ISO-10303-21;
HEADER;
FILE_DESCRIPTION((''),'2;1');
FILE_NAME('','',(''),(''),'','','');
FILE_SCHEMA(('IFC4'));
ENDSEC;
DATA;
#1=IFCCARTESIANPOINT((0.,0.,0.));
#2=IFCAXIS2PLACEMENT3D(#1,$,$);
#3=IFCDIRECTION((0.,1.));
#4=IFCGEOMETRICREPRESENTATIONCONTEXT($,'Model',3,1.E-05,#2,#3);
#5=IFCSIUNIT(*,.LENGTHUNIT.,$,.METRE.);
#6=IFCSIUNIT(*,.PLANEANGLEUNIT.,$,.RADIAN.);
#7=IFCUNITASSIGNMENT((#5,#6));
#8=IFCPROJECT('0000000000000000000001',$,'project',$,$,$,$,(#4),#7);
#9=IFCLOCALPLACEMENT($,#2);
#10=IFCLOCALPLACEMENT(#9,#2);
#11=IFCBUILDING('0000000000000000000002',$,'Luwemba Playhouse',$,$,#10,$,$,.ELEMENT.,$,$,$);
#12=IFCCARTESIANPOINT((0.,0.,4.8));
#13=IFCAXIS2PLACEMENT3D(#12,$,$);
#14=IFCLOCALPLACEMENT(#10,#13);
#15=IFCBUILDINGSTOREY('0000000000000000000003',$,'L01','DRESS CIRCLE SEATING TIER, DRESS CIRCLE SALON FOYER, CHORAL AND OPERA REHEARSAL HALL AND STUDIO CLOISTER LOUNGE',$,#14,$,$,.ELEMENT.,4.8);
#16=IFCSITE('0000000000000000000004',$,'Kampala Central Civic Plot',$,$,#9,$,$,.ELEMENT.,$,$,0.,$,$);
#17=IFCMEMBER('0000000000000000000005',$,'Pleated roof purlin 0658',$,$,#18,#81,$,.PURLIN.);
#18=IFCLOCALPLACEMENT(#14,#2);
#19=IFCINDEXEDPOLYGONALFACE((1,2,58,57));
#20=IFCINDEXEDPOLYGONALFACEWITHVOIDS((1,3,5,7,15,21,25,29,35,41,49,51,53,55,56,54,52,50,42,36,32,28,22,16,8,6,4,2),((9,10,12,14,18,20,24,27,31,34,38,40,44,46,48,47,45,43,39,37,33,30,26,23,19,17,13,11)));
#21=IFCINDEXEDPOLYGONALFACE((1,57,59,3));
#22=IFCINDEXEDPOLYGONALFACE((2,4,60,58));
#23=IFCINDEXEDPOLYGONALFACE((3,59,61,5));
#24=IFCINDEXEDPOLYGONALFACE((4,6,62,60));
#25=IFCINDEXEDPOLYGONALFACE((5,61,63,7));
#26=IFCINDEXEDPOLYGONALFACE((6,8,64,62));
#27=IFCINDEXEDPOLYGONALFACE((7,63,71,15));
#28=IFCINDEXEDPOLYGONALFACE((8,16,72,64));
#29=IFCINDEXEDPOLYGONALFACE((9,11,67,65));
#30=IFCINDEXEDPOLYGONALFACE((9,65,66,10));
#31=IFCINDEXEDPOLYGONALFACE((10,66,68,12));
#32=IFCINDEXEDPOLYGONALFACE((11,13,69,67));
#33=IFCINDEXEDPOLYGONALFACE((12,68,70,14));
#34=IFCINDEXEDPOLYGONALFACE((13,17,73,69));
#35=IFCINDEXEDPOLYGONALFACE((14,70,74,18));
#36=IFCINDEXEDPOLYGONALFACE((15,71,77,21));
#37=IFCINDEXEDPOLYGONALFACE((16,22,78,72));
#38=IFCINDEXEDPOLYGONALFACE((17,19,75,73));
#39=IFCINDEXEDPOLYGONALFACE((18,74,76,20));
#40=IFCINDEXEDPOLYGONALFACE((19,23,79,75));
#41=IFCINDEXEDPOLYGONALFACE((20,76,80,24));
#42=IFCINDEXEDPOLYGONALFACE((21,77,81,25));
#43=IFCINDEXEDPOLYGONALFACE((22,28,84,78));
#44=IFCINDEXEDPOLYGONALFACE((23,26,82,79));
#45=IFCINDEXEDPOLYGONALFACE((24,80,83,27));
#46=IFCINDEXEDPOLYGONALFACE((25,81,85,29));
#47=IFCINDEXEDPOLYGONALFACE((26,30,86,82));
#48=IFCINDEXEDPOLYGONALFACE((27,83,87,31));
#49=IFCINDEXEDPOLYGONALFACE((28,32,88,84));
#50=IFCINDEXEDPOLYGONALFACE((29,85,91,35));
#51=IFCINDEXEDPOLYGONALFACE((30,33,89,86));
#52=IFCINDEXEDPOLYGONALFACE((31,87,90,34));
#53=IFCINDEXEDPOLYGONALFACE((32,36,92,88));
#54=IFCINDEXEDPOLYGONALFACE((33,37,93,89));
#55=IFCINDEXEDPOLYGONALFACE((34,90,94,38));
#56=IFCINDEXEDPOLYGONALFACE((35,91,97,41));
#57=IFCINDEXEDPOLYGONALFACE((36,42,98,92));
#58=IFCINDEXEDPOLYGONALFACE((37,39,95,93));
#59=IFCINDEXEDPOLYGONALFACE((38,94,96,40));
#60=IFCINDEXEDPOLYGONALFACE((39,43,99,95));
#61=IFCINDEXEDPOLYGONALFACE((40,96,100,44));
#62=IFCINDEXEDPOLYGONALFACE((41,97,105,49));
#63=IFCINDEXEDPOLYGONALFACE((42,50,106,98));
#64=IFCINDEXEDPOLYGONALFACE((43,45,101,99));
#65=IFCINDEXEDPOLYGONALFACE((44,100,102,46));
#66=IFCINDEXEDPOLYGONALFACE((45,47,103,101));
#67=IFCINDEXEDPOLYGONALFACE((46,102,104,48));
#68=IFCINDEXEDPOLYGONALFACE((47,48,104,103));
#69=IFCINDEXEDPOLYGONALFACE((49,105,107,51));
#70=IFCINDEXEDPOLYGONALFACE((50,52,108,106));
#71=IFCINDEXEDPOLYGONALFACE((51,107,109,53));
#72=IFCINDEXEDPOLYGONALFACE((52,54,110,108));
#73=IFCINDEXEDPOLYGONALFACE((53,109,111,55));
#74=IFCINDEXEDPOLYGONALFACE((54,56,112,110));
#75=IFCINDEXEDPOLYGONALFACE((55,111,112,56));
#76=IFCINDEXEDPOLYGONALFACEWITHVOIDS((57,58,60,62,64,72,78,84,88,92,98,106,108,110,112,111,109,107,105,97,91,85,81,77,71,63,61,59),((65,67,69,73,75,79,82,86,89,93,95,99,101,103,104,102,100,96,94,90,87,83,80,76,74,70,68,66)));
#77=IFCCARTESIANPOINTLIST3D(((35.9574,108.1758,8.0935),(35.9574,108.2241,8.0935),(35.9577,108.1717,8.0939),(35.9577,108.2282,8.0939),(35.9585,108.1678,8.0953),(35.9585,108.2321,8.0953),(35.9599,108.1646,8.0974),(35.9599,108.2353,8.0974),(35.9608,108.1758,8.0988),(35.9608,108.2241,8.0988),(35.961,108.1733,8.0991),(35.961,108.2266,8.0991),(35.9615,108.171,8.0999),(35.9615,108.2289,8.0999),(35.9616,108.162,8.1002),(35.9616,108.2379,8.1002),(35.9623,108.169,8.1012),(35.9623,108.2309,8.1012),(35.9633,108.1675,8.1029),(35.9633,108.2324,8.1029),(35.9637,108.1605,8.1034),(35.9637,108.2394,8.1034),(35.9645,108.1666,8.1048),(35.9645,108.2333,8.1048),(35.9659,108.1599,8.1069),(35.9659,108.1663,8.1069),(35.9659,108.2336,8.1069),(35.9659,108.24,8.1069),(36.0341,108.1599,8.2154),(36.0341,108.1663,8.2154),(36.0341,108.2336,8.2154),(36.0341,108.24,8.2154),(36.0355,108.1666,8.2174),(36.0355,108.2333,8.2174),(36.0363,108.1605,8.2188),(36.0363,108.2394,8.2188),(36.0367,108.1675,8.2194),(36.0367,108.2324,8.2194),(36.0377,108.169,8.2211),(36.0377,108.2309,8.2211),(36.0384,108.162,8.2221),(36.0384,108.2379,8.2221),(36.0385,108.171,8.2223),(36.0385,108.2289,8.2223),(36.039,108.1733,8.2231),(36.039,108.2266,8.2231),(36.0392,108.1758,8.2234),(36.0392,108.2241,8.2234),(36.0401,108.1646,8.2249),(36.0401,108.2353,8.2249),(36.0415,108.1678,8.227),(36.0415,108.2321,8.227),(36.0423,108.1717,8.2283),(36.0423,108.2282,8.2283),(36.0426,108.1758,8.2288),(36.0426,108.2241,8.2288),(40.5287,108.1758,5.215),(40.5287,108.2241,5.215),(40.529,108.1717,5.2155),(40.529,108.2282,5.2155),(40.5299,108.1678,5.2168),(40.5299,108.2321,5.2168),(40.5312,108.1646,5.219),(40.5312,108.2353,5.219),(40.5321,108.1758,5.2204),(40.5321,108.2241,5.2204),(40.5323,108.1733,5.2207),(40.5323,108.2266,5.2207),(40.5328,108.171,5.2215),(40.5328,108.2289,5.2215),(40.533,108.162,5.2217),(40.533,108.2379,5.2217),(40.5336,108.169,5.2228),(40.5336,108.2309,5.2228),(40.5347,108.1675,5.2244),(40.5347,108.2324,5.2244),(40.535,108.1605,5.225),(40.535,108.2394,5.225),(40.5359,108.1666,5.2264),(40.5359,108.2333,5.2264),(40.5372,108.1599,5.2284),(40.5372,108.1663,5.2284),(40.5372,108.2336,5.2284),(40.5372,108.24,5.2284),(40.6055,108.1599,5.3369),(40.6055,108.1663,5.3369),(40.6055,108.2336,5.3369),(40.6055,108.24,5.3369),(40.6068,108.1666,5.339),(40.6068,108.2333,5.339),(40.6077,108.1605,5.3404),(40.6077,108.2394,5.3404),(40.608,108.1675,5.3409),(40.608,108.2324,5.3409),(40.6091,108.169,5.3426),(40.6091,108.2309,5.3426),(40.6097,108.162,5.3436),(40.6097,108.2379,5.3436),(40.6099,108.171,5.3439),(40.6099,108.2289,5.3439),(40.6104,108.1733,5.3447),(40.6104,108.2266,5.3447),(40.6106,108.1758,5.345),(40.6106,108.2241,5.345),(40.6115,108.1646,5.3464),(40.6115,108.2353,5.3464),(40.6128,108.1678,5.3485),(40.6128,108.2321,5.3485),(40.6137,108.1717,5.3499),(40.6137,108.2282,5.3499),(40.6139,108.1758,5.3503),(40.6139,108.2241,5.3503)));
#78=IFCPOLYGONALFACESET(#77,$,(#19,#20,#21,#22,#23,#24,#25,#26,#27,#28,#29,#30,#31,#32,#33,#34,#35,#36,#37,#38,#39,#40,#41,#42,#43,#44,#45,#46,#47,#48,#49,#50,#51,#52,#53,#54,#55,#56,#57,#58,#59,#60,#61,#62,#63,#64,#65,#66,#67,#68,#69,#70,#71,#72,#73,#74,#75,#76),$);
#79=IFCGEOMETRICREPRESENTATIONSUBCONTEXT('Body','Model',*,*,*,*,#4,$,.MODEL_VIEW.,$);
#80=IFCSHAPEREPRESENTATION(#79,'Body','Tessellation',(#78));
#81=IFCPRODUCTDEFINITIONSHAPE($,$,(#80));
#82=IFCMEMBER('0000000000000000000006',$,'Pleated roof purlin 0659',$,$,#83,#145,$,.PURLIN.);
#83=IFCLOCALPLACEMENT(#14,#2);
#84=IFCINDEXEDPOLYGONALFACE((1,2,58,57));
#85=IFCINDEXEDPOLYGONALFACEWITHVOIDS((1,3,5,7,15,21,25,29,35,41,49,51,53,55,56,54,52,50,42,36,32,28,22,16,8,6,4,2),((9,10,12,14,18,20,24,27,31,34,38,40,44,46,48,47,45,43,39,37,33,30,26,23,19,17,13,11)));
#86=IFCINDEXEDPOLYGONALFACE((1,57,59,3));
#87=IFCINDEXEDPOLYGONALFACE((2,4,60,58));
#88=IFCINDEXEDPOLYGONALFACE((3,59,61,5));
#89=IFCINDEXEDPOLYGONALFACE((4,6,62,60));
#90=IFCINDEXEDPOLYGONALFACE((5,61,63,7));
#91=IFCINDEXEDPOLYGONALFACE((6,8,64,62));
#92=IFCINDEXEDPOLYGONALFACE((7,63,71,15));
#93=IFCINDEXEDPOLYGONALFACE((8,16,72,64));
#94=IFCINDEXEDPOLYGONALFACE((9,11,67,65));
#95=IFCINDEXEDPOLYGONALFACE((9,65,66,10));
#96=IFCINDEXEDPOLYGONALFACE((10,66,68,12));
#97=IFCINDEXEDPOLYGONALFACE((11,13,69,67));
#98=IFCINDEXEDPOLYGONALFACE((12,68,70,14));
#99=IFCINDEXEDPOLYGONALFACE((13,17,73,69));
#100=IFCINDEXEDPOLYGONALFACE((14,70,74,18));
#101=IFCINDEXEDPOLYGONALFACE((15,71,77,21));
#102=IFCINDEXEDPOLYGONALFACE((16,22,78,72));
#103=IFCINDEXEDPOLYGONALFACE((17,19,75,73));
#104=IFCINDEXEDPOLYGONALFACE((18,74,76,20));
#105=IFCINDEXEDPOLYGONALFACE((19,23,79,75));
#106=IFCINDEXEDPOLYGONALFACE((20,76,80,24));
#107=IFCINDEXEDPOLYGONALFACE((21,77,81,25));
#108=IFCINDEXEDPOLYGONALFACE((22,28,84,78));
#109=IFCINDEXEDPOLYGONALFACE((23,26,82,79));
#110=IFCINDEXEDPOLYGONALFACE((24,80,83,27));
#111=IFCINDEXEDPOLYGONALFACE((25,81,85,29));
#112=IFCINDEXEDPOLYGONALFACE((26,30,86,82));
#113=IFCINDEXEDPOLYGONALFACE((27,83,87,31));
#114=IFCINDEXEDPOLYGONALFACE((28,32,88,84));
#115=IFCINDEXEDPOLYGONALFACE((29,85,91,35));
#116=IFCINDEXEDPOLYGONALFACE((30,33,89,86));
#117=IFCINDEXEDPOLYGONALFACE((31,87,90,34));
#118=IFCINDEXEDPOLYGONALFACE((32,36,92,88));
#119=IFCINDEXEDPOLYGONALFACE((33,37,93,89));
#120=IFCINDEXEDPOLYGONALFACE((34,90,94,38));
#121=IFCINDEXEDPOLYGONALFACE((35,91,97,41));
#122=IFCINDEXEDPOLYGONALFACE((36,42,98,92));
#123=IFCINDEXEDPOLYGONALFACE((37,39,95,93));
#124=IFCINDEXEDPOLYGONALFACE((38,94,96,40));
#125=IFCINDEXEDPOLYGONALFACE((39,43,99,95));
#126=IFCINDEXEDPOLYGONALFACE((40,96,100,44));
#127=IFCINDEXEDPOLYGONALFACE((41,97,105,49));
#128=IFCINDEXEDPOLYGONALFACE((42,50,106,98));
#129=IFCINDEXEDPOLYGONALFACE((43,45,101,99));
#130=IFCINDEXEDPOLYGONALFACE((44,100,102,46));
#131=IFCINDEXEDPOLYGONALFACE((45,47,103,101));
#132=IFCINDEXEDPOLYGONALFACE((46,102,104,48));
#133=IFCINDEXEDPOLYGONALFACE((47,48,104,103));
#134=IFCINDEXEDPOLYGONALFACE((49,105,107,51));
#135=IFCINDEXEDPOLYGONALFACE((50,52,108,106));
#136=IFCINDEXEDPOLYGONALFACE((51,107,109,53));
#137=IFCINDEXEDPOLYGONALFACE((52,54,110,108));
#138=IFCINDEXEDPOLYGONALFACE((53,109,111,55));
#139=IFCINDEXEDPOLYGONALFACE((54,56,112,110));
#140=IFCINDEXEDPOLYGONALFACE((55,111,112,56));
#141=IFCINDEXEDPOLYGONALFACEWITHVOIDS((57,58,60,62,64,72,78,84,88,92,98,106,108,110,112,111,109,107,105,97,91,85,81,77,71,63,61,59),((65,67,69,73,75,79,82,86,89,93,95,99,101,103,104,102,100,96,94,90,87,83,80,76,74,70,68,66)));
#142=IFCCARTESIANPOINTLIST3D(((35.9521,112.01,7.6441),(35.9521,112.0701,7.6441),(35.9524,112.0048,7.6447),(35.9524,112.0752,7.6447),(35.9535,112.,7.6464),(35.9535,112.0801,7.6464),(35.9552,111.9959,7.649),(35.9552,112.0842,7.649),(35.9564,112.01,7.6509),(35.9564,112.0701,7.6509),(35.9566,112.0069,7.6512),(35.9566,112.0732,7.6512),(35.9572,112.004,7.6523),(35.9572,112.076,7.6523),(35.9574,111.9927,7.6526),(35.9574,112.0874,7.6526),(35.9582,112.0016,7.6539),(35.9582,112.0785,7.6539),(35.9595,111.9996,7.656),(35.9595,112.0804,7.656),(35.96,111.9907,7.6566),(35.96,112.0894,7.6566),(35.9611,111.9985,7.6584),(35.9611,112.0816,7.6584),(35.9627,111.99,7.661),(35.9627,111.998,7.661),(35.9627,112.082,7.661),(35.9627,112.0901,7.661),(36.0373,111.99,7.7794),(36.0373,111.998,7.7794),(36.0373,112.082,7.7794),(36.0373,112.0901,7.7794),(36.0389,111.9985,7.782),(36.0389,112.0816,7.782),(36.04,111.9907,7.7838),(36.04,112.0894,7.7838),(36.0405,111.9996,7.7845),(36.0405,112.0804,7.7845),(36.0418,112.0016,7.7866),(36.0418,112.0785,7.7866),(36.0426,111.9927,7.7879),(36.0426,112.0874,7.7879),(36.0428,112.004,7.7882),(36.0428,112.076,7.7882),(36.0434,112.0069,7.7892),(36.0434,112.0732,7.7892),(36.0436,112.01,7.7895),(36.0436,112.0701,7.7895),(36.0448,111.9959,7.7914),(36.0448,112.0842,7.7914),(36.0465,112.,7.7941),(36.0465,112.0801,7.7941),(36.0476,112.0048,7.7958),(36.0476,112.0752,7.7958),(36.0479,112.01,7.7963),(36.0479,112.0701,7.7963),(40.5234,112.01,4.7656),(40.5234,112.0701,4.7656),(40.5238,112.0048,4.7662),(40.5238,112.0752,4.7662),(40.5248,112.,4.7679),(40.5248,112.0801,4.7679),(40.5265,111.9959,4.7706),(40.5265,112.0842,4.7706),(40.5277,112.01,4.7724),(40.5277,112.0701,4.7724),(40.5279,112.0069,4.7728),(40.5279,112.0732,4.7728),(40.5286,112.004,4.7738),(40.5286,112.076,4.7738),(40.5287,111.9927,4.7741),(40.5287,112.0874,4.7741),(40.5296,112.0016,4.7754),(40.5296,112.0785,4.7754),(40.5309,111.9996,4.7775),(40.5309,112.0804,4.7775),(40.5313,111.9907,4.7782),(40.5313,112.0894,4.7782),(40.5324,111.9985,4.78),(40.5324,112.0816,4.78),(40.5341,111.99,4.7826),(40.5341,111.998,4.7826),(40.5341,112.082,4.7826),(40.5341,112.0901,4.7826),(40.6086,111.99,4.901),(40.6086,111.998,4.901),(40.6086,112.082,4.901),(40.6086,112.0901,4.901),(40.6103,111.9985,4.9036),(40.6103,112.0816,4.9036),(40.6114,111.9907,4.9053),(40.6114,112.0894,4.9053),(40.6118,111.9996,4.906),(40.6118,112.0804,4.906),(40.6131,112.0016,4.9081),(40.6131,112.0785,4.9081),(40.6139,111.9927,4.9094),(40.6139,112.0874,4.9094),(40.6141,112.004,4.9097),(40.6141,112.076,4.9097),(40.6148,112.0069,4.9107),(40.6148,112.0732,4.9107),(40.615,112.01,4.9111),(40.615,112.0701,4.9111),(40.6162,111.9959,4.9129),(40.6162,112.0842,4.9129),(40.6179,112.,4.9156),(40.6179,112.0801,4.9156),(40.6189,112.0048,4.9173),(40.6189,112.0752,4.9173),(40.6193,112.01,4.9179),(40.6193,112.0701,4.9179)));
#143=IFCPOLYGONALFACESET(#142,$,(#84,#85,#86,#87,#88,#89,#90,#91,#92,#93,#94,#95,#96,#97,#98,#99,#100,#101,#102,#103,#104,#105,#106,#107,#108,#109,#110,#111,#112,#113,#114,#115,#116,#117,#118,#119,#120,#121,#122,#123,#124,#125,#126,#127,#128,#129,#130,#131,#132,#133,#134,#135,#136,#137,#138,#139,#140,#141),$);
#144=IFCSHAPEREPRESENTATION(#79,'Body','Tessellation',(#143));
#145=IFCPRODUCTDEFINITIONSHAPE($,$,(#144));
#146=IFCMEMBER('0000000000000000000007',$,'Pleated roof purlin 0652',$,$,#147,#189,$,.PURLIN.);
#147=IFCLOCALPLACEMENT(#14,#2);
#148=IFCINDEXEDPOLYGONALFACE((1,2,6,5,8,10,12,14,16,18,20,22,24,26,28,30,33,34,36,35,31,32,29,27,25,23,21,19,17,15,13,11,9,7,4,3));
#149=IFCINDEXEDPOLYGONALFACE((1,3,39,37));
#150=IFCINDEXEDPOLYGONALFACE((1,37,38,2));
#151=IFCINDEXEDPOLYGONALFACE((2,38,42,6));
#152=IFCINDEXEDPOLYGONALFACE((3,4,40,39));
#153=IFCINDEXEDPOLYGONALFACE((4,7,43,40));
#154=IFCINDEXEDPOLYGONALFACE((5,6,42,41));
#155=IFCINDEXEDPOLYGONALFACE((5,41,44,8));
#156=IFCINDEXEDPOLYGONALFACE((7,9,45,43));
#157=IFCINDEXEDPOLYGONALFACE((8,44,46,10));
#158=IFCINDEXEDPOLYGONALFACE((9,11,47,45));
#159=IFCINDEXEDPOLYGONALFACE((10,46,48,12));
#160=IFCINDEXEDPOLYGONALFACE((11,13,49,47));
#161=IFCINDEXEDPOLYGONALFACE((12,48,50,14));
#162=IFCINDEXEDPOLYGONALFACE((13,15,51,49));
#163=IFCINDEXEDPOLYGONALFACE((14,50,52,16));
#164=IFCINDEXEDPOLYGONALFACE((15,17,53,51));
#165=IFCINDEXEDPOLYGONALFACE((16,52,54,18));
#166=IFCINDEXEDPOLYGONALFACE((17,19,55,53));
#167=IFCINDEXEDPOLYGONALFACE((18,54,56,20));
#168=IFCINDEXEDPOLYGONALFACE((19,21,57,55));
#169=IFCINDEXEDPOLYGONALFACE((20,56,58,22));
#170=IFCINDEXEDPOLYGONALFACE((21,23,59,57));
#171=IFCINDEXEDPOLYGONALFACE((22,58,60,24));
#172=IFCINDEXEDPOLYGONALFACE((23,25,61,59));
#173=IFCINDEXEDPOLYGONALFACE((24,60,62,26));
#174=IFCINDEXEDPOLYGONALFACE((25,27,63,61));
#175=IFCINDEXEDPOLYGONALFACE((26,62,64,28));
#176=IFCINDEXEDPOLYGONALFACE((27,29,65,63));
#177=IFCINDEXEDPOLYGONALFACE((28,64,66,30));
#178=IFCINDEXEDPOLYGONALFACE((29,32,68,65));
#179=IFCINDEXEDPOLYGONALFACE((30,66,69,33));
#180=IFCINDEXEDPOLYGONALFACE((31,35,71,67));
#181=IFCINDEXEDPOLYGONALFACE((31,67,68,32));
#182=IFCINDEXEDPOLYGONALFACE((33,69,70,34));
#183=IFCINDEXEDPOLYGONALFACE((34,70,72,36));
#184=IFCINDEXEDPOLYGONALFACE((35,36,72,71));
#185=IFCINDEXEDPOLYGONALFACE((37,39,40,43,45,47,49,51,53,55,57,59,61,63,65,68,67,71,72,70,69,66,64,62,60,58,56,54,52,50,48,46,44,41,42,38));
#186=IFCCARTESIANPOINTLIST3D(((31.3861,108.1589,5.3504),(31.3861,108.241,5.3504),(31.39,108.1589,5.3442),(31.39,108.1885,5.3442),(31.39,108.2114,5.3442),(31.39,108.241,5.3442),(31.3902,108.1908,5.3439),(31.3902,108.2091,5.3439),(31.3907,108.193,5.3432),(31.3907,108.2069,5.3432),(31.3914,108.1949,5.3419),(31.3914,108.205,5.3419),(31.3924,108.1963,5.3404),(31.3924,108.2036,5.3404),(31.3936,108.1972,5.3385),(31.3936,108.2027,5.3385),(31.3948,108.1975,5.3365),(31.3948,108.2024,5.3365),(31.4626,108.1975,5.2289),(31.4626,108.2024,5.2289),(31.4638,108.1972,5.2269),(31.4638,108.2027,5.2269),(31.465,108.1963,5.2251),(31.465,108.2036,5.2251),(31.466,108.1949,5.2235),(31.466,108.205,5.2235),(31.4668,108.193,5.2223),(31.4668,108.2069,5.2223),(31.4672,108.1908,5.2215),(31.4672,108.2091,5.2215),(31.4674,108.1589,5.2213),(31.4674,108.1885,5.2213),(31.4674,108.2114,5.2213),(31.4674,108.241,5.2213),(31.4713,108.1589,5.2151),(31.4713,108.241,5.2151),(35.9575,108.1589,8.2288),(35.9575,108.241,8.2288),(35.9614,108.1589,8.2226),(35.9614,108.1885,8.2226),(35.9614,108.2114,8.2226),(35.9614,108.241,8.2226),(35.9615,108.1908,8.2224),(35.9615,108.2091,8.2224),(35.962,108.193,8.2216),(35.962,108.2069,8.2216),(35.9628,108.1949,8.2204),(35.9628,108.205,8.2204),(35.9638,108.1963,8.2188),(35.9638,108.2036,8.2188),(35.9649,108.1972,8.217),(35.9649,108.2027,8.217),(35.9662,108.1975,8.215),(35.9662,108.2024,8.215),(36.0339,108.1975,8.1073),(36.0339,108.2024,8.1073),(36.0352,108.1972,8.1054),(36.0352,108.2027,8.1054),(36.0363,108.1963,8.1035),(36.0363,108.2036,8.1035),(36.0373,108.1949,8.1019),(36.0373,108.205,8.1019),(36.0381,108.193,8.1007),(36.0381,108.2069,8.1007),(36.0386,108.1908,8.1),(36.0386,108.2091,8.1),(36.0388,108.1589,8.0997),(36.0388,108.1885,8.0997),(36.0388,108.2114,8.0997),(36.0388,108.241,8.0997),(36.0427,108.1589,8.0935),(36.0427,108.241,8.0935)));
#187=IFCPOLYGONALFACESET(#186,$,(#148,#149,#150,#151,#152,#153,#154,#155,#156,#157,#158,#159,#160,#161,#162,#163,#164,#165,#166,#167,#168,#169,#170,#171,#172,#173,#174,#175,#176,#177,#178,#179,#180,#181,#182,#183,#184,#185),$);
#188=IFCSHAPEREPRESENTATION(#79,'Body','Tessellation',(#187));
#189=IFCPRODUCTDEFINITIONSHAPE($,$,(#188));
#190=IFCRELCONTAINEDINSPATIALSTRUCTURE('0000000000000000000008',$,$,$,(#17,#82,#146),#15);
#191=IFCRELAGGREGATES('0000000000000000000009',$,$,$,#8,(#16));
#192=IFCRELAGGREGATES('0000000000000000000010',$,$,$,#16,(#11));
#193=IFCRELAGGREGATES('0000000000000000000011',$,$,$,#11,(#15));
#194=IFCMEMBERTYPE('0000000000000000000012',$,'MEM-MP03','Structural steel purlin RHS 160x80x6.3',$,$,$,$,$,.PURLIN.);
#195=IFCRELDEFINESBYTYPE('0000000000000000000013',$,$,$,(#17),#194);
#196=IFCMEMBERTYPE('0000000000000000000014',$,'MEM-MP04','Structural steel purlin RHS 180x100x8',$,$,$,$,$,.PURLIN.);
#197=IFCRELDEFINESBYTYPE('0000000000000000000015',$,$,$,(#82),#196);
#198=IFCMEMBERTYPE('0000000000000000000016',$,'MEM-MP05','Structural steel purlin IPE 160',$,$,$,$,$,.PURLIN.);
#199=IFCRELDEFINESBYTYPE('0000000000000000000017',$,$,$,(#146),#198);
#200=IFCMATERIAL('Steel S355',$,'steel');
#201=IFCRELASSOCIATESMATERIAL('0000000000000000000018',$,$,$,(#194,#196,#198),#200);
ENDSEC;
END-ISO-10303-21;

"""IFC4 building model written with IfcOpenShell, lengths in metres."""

from ifc_helpers import new_model, si_unit, direction, frame, origin, origin_2d, place, context, subcontext, project, spatial, hollow_rectangle, i_section, extrude, material, material_profile, profile_set, type_object, element, save


model = new_model("IFC4")

# Units and contexts
model_context = context("Model", 3, precision=1e-05, world=origin(), true_north=direction((0.0, 1.0)))
body_context = subcontext(model_context, "Body", "Model", "MODEL_VIEW")
ifc_project = project(units=[si_unit("LENGTHUNIT", "METRE"), si_unit("PLANEANGLEUNIT", "RADIAN")], contexts=[model_context])

# Site, building, storey
site_placement = place(None, origin())
site = spatial("IfcSite", under=ifc_project, at=site_placement, Name="Kampala Central Civic Plot", CompositionType="ELEMENT", RefElevation=0.0)
building_placement = place(site_placement, origin())
building = spatial("IfcBuilding", under=site, at=building_placement, Name="Luwemba Playhouse", CompositionType="ELEMENT")
storey_placement = place(building_placement, frame((0.0, 0.0, 4.8)))
storey = spatial("IfcBuildingStorey", under=building, at=storey_placement, Name="L01", Description="DRESS CIRCLE SEATING TIER, DRESS CIRCLE SALON FOYER, CHORAL AND OPERA REHEARSAL HALL AND STUDIO CLOISTER LOUNGE", CompositionType="ELEMENT", Elevation=4.8)

# Shared definitions
ifc_material_1 = material(Name="Steel S355", Category="steel")

# Members
ifc_material_profile_1 = material_profile(ifc_material_1, hollow_rectangle(XDim=0.0801, YDim=0.1599, WallThickness=0.0063, InnerFilletRadius=0.0095, OuterFilletRadius=0.0159, at=origin_2d()))
ifc_profile_set_1 = profile_set([ifc_material_profile_1], Name="Steel S355")
member_type_1 = type_object("IfcMemberType", Name="MEM-MP03", Description="Structural steel purlin RHS 160x80x6.3", PredefinedType="PURLIN", material=ifc_profile_set_1)
member_1_placement = place(storey_placement, frame((36.0, 108.2, 8.1611), z_axis=(0.846216, 0.0, -0.53284), x_axis=(0.0, 1.0, 0.0)))
element("IfcMember", 1, at=member_1_placement, inside=storey, type_object=member_type_1, Name="Pleated roof purlin 0658", PredefinedType="PURLIN", context=body_context, shape_type="SweptSolid", body=[
    extrude(hollow_rectangle(XDim=0.0801, YDim=0.1599, WallThickness=0.0063, InnerFilletRadius=0.0095, OuterFilletRadius=0.0159, at=origin_2d()), origin(), (0.0, 0.0, 1.0), 5.4021),
])
ifc_material_profile_2 = material_profile(ifc_material_1, hollow_rectangle(XDim=0.1001, YDim=0.1799, WallThickness=0.0081, InnerFilletRadius=0.012, OuterFilletRadius=0.02, at=origin_2d()))
ifc_profile_set_2 = profile_set([ifc_material_profile_2], Name="Steel S355")
member_type_2 = type_object("IfcMemberType", Name="MEM-MP04", Description="Structural steel purlin RHS 180x100x8", PredefinedType="PURLIN", material=ifc_profile_set_2)
member_2_placement = place(storey_placement, frame((36.0, 112.04, 7.7202), z_axis=(0.846216, 0.0, -0.53284), x_axis=(0.0, 1.0, 0.0)))
element("IfcMember", 2, at=member_2_placement, inside=storey, type_object=member_type_2, Name="Pleated roof purlin 0659", PredefinedType="PURLIN", context=body_context, shape_type="SweptSolid", body=[
    extrude(hollow_rectangle(XDim=0.1001, YDim=0.1799, WallThickness=0.0081, InnerFilletRadius=0.012, OuterFilletRadius=0.02, at=origin_2d()), origin(), (0.0, 0.0, 1.0), 5.4021),
])
ifc_material_profile_3 = material_profile(ifc_material_1, i_section(OverallWidth=0.082, OverallDepth=0.1599, WebThickness=0.0049, FlangeThickness=0.0073, FilletRadius=0.009, at=origin_2d()))
ifc_profile_set_3 = profile_set([ifc_material_profile_3], Name="Steel S355")
member_type_3 = type_object("IfcMemberType", Name="MEM-MP05", Description="Structural steel purlin IPE 160", PredefinedType="PURLIN", material=ifc_profile_set_3)
member_3_placement = place(storey_placement, frame((31.4287, 108.2, 5.2827), z_axis=(0.846216, 0.0, 0.53284), x_axis=(0.0, 1.0, 0.0)))
element("IfcMember", 3, at=member_3_placement, inside=storey, type_object=member_type_3, Name="Pleated roof purlin 0652", PredefinedType="PURLIN", context=body_context, shape_type="SweptSolid", body=[
    extrude(i_section(OverallWidth=0.082, OverallDepth=0.1599, WebThickness=0.0049, FlangeThickness=0.0073, FilletRadius=0.009, at=origin_2d()), origin(), (0.0, 0.0, 1.0), 5.4021),
])

save(model, "model.ifc")
